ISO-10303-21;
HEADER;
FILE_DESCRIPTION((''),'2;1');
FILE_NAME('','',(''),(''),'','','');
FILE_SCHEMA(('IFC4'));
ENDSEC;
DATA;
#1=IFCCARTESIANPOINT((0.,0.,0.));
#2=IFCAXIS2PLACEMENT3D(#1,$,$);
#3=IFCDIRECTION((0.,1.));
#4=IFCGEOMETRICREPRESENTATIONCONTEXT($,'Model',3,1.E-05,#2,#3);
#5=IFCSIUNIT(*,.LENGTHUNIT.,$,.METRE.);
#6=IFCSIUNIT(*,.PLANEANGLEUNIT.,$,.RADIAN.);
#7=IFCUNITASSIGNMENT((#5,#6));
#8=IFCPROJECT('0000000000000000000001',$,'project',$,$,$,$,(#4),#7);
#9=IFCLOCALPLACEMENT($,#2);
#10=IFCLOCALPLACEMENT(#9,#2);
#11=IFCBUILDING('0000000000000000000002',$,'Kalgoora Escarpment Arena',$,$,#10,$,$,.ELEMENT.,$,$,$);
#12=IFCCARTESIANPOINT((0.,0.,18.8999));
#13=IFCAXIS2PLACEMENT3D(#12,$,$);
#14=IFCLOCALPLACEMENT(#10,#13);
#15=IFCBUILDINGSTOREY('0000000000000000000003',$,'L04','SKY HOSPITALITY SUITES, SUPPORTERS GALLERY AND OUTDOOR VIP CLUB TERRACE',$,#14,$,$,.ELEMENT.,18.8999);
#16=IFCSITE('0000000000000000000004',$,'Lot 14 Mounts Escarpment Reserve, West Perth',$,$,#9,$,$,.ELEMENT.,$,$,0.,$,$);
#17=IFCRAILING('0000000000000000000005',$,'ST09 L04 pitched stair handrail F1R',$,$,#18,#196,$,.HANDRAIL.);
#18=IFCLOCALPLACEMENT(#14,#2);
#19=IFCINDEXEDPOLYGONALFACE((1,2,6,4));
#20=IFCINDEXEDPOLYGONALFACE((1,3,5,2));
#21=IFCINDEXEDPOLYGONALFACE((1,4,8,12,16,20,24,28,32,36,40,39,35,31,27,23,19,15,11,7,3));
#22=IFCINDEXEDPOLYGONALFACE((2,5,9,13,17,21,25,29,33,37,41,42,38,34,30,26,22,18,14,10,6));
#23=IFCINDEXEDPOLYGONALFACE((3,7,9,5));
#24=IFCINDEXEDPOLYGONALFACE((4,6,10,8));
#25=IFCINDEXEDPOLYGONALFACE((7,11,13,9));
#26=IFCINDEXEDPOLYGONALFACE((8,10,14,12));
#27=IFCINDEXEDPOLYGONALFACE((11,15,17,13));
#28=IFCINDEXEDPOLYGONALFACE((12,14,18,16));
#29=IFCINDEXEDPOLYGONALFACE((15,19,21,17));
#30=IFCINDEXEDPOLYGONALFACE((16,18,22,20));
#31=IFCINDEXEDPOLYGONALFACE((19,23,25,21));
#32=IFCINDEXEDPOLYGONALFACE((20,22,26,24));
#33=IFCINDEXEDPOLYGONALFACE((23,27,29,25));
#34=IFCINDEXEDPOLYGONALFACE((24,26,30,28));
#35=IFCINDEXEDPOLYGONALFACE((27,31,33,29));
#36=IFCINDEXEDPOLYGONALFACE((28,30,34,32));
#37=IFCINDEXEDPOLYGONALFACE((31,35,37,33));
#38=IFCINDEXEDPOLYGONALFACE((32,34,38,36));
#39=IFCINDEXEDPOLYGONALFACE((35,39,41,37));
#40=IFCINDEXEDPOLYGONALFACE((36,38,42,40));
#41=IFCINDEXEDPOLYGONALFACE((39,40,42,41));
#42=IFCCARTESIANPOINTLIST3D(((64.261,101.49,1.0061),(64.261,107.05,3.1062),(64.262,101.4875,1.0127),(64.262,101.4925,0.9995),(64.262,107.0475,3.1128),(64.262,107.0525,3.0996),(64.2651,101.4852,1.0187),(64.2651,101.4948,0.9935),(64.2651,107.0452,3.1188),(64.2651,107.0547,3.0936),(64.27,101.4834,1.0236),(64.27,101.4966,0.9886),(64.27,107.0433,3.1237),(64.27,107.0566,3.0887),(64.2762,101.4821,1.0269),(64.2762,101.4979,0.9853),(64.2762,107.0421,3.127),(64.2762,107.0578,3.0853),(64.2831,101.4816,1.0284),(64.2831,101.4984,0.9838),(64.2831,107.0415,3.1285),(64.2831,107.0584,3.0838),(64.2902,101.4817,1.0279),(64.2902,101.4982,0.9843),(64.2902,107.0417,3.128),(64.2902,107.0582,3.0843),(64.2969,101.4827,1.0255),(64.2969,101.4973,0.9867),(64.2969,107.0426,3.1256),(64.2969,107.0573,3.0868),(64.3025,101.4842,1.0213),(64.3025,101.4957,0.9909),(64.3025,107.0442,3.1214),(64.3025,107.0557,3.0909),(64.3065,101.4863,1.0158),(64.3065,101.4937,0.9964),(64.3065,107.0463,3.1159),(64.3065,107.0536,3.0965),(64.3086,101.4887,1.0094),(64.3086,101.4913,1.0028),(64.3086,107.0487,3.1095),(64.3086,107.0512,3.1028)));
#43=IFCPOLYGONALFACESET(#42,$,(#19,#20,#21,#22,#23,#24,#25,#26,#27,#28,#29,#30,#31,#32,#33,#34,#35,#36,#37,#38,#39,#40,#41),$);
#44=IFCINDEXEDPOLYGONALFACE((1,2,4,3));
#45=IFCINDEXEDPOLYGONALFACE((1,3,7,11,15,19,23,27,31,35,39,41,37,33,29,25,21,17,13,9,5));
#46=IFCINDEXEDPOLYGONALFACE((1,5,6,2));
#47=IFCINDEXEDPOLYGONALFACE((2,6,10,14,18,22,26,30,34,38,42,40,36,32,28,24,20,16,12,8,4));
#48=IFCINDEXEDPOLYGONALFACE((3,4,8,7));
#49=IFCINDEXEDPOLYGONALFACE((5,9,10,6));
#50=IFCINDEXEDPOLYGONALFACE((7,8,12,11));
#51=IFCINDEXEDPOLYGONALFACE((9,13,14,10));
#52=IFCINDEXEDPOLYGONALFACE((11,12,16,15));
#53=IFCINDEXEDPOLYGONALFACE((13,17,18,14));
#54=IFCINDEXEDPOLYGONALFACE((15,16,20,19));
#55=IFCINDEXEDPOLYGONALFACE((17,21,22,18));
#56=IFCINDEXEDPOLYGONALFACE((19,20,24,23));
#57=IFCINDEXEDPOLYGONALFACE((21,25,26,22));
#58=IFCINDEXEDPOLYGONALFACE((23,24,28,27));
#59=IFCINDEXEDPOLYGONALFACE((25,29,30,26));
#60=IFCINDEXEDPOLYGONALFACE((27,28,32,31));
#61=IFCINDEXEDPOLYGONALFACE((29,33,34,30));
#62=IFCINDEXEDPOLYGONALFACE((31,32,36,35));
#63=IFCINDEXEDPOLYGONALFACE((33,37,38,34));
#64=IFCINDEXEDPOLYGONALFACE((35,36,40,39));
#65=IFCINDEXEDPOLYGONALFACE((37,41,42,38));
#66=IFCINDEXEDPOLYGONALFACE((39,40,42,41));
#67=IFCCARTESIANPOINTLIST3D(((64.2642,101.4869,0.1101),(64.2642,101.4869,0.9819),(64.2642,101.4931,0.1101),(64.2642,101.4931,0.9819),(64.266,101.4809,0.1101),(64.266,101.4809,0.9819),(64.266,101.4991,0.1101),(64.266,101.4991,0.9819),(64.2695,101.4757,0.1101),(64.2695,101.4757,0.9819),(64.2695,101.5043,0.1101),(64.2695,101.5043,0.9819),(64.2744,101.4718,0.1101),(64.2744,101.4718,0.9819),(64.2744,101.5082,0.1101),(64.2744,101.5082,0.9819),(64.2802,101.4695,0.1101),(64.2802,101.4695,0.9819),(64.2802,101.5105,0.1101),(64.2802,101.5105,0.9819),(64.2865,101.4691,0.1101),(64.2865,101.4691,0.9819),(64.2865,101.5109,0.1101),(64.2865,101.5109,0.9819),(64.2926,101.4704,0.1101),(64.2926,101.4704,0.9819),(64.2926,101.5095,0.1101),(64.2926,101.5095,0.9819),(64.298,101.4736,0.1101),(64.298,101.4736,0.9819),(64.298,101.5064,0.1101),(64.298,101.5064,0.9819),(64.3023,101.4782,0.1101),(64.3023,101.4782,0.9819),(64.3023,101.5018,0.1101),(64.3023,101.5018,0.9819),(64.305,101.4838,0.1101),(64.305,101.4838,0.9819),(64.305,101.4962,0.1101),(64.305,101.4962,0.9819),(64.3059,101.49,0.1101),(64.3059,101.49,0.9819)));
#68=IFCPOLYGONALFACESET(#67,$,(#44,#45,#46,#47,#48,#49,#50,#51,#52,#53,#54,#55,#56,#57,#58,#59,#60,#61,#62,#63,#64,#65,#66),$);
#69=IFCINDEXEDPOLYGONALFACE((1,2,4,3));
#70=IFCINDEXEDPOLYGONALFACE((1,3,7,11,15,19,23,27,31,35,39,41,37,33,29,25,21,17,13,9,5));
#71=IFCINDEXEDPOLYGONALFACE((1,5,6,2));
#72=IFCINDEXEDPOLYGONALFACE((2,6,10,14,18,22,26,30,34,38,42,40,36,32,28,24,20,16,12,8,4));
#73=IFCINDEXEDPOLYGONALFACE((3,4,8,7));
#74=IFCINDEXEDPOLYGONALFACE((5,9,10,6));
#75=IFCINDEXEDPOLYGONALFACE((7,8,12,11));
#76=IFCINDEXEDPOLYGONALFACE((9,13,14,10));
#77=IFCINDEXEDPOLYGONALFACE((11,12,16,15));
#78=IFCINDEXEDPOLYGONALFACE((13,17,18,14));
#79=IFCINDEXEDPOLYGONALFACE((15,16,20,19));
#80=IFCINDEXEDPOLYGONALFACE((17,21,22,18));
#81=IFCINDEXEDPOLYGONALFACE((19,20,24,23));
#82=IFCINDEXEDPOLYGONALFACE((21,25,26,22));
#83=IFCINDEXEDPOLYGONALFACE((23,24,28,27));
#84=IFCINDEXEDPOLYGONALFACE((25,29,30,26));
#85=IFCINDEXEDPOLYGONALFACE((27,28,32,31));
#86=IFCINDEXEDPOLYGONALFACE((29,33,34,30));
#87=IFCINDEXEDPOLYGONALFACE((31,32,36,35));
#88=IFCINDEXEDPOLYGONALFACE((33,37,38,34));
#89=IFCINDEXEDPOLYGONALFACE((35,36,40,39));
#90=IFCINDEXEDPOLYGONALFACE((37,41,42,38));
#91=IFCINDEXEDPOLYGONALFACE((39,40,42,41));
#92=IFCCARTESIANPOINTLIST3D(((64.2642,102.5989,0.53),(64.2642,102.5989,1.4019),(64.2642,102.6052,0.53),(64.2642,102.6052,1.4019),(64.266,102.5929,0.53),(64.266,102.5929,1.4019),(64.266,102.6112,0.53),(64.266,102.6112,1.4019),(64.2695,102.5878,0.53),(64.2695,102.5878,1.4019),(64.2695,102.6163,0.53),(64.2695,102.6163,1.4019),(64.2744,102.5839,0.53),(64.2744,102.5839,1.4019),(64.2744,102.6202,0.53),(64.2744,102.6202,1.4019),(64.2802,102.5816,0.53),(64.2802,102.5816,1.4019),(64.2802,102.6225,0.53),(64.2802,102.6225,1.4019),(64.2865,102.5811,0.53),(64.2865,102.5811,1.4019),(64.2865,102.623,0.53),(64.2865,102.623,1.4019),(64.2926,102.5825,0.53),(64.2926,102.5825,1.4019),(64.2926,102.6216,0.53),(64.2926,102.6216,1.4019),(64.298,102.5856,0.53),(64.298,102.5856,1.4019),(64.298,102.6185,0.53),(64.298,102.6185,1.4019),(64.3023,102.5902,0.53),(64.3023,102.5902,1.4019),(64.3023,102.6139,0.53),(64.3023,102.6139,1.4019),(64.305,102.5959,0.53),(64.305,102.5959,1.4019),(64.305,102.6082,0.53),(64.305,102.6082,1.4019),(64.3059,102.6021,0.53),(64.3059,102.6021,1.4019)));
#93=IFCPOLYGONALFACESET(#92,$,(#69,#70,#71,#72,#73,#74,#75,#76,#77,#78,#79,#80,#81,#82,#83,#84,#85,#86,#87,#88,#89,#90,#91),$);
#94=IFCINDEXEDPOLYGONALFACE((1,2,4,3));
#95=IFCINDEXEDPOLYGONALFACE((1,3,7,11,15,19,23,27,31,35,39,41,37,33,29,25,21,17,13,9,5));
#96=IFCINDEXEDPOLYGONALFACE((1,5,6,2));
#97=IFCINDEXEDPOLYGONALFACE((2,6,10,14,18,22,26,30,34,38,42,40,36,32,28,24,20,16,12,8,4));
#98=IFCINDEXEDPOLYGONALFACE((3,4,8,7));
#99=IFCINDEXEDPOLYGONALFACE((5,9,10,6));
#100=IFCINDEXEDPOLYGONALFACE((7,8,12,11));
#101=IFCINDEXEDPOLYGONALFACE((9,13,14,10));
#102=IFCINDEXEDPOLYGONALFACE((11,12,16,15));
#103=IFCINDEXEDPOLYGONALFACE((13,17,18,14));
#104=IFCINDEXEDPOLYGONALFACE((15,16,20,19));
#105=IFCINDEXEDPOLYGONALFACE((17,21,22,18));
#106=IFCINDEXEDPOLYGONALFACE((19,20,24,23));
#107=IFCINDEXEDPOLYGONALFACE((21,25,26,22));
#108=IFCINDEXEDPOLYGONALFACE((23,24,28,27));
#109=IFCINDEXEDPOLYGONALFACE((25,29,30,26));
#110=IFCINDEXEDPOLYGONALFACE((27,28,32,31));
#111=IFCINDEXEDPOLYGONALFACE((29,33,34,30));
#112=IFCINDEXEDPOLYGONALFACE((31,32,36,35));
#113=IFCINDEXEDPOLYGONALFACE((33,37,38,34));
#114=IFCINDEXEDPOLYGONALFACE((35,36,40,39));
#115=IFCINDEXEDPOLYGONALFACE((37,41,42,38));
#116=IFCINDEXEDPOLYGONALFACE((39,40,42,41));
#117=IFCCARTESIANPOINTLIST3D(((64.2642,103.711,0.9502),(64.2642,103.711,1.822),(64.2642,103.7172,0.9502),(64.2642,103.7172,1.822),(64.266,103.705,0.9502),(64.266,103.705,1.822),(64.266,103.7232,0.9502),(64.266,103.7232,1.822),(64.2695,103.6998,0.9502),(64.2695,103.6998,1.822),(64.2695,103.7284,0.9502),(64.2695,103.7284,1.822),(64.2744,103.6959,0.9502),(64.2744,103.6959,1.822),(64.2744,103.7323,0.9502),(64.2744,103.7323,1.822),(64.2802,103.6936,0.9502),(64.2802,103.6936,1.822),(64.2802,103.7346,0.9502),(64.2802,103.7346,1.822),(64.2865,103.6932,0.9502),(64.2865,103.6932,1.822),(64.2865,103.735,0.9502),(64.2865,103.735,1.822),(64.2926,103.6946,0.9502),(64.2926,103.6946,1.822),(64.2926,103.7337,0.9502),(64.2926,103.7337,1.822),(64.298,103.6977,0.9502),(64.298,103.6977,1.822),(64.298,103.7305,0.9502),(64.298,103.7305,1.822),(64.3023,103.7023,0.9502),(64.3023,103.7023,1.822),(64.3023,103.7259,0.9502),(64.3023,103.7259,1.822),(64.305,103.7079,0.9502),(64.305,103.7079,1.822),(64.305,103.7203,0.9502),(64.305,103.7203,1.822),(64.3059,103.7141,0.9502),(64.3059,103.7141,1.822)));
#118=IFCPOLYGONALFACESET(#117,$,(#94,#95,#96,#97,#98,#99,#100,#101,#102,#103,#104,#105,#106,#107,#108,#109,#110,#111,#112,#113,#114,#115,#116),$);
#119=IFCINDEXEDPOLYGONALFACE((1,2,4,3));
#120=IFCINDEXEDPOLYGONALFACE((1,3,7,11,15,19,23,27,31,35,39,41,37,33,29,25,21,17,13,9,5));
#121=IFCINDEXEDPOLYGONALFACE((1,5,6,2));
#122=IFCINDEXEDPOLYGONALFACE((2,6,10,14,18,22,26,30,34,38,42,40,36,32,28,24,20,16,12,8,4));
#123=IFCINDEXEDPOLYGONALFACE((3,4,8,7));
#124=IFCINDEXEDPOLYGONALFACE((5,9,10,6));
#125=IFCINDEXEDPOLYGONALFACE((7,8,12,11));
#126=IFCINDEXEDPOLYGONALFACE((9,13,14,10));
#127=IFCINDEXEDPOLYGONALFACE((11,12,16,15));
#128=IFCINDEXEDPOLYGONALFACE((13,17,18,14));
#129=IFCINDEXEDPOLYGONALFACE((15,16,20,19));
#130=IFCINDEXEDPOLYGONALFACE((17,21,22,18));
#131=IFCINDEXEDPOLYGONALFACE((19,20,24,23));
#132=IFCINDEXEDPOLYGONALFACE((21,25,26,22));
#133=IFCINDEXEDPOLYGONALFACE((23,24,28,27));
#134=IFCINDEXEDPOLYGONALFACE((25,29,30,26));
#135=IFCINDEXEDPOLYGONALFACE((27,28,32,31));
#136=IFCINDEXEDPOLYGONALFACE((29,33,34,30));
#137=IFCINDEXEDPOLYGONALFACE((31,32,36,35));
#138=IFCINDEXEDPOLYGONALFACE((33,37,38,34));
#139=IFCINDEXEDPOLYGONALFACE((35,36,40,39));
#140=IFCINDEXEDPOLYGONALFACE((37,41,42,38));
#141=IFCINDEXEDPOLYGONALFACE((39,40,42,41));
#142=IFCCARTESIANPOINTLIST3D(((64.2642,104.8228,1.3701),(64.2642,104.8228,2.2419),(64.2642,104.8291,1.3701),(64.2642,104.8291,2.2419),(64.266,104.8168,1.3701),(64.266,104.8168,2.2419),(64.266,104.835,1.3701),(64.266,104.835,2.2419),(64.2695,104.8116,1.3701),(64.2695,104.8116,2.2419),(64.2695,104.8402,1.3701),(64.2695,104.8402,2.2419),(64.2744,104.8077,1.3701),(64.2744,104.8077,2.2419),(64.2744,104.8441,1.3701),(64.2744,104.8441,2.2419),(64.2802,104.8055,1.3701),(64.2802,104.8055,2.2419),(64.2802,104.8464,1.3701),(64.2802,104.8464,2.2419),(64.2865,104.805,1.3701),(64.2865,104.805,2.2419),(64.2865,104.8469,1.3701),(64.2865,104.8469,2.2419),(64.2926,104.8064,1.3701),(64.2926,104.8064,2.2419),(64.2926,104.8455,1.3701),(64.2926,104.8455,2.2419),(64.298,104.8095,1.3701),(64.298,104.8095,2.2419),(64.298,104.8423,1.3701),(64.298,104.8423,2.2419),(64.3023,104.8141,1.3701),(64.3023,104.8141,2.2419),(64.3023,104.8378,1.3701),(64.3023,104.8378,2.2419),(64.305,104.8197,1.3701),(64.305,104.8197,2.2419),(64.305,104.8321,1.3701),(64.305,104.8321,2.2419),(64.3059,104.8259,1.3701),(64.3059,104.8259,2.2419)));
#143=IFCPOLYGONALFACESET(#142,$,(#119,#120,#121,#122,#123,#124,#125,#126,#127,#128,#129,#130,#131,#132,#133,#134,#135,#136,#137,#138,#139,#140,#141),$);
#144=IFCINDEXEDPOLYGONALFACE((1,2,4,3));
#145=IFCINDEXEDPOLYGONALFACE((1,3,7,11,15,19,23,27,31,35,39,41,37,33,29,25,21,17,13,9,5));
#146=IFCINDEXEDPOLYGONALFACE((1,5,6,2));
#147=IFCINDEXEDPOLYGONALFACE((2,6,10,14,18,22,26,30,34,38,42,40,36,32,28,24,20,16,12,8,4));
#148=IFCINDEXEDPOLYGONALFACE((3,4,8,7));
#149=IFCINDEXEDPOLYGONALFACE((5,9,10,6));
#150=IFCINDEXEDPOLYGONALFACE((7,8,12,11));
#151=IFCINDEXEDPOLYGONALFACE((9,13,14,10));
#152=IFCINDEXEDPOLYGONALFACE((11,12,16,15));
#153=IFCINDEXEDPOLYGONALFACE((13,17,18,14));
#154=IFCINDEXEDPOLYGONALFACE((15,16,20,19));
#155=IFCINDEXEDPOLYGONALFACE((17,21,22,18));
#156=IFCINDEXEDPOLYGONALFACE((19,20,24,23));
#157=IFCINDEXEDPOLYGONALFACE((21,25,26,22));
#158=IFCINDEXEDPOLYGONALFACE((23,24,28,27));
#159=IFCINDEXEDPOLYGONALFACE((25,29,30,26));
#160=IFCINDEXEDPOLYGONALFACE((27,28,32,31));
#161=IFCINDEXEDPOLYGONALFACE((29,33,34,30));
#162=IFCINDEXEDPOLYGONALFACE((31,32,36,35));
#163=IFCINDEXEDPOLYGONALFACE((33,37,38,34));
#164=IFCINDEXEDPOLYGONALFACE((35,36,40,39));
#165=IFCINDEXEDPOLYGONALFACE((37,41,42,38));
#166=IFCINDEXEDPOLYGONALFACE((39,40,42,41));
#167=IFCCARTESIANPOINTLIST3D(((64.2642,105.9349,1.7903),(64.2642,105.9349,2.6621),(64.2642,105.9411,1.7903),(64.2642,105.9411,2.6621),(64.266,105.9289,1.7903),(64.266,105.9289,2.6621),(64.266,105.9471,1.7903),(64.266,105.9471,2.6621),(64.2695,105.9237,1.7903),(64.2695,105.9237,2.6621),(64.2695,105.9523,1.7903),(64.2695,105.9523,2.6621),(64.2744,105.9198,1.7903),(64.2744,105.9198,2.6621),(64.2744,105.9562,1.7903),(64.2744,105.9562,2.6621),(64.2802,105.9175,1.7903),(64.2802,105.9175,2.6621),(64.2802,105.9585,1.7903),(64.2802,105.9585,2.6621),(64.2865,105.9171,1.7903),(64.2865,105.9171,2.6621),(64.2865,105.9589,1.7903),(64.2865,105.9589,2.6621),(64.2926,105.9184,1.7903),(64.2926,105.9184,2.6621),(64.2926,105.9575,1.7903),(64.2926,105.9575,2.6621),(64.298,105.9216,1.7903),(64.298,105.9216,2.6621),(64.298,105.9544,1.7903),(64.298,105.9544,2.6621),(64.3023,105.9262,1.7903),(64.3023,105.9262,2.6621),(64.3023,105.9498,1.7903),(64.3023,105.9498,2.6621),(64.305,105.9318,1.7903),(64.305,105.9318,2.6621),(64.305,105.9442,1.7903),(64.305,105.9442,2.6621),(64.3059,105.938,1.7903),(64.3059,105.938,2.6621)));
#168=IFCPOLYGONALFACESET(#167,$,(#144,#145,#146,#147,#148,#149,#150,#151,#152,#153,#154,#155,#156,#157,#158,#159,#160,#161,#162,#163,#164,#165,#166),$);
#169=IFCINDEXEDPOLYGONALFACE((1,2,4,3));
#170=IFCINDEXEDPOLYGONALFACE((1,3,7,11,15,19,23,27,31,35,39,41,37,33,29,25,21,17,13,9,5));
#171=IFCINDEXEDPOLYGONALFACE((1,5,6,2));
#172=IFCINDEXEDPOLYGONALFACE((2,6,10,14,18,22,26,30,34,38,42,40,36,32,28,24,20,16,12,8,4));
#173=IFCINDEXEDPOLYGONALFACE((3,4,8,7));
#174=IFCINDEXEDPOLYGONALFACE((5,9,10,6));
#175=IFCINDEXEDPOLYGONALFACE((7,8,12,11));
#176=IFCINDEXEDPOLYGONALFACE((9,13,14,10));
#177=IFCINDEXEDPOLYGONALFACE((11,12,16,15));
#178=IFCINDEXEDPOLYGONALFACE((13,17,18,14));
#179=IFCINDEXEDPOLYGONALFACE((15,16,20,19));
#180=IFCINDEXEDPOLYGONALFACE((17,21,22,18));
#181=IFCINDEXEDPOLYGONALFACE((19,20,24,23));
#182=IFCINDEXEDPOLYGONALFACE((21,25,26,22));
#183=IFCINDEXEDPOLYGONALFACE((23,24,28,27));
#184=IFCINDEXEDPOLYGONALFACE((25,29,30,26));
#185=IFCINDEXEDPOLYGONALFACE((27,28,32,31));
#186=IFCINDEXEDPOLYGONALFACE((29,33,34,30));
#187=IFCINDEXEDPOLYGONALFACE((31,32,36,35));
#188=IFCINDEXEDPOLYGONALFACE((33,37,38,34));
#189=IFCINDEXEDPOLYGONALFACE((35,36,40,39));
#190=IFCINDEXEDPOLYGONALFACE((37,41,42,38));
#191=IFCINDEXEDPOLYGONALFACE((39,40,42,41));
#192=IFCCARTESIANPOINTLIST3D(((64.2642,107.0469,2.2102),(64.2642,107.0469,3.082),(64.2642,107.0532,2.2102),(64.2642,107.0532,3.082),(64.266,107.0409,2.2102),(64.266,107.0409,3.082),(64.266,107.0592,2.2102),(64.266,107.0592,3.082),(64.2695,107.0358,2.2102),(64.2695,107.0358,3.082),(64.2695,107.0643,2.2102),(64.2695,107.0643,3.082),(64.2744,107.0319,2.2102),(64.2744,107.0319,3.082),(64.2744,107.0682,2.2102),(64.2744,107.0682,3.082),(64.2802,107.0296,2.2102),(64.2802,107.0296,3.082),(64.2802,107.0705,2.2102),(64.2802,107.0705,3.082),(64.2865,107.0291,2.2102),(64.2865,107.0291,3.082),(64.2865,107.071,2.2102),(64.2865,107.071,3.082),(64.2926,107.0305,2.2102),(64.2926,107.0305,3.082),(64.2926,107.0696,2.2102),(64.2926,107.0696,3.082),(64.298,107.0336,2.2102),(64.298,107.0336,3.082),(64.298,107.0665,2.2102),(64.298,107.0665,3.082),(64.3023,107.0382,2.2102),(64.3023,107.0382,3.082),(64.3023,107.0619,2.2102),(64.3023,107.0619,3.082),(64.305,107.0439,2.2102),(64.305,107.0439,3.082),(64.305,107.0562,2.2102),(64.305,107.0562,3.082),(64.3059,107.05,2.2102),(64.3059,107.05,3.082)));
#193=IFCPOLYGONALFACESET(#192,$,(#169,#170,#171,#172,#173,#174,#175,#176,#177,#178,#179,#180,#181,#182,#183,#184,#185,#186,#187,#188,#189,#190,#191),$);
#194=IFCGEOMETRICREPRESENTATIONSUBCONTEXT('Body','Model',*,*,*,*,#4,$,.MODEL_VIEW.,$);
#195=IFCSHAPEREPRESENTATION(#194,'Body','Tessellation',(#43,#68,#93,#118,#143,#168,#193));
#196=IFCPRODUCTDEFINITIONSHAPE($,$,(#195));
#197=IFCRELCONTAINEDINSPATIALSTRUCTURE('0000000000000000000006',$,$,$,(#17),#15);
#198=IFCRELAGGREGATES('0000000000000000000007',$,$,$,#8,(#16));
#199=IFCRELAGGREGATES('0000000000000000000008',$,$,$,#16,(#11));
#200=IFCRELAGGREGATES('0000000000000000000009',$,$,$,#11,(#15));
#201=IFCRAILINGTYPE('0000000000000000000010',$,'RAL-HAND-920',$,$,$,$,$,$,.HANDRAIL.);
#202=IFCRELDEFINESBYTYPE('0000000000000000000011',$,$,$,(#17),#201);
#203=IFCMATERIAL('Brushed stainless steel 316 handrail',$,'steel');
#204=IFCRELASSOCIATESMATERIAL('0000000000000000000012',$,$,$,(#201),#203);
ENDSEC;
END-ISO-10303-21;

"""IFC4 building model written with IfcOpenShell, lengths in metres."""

from ifc_helpers import new_model, si_unit, direction, frame, origin, origin_2d, place, context, subcontext, project, spatial, circle, extrude, material, type_object, element, save


model = new_model("IFC4")

# Units and contexts
model_context = context("Model", 3, precision=1e-05, world=origin(), true_north=direction((0.0, 1.0)))
body_context = subcontext(model_context, "Body", "Model", "MODEL_VIEW")
ifc_project = project(units=[si_unit("LENGTHUNIT", "METRE"), si_unit("PLANEANGLEUNIT", "RADIAN")], contexts=[model_context])

# Site, building, storey
site_placement = place(None, origin())
site = spatial("IfcSite", under=ifc_project, at=site_placement, Name="Lot 14 Mounts Escarpment Reserve, West Perth", CompositionType="ELEMENT", RefElevation=0.0)
building_placement = place(site_placement, origin())
building = spatial("IfcBuilding", under=site, at=building_placement, Name="Kalgoora Escarpment Arena", CompositionType="ELEMENT")
storey_placement = place(building_placement, frame((0.0, 0.0, 18.8999)))
storey = spatial("IfcBuildingStorey", under=building, at=storey_placement, Name="L04", Description="SKY HOSPITALITY SUITES, SUPPORTERS GALLERY AND OUTDOOR VIP CLUB TERRACE", CompositionType="ELEMENT", Elevation=18.8999)

# Railing
ifc_material_1 = material(Name="Brushed stainless steel 316 handrail", Category="steel")
railing_type_1 = type_object("IfcRailingType", Name="RAL-HAND-920", PredefinedType="HANDRAIL", material=ifc_material_1)
railing_1_placement = place(storey_placement, frame((64.2849, 101.49, 0.1101)))
element("IfcRailing", 1, at=railing_1_placement, inside=storey, type_object=railing_type_1, Name="ST09 L04 pitched stair handrail F1R", PredefinedType="HANDRAIL", context=body_context, shape_type="SweptSolid", body=[
    extrude(circle(Radius=0.0239, at=origin_2d()), frame((0.0, 0.0, 0.896), z_axis=(0.0, 0.935493, 0.353346), x_axis=(-1.0, 0.0, 0.0)), (0.0, 0.0, 1.0), 5.9434),
    extrude(circle(Radius=0.021, at=origin_2d()), origin(), (0.0, 0.0, 1.0), 0.8718),
    extrude(circle(Radius=0.021, at=origin_2d()), frame((0.0, 1.1121, 0.4199)), (0.0, 0.0, 1.0), 0.8718),
    extrude(circle(Radius=0.021, at=origin_2d()), frame((0.0, 2.2241, 0.8401)), (0.0, 0.0, 1.0), 0.8718),
    extrude(circle(Radius=0.021, at=origin_2d()), frame((0.0, 3.3359, 1.26)), (0.0, 0.0, 1.0), 0.8718),
    extrude(circle(Radius=0.021, at=origin_2d()), frame((0.0, 4.448, 1.6802)), (0.0, 0.0, 1.0), 0.8718),
    extrude(circle(Radius=0.021, at=origin_2d()), frame((0.0, 5.5601, 2.1001)), (0.0, 0.0, 1.0), 0.8718),
])

save(model, "model.ifc")
